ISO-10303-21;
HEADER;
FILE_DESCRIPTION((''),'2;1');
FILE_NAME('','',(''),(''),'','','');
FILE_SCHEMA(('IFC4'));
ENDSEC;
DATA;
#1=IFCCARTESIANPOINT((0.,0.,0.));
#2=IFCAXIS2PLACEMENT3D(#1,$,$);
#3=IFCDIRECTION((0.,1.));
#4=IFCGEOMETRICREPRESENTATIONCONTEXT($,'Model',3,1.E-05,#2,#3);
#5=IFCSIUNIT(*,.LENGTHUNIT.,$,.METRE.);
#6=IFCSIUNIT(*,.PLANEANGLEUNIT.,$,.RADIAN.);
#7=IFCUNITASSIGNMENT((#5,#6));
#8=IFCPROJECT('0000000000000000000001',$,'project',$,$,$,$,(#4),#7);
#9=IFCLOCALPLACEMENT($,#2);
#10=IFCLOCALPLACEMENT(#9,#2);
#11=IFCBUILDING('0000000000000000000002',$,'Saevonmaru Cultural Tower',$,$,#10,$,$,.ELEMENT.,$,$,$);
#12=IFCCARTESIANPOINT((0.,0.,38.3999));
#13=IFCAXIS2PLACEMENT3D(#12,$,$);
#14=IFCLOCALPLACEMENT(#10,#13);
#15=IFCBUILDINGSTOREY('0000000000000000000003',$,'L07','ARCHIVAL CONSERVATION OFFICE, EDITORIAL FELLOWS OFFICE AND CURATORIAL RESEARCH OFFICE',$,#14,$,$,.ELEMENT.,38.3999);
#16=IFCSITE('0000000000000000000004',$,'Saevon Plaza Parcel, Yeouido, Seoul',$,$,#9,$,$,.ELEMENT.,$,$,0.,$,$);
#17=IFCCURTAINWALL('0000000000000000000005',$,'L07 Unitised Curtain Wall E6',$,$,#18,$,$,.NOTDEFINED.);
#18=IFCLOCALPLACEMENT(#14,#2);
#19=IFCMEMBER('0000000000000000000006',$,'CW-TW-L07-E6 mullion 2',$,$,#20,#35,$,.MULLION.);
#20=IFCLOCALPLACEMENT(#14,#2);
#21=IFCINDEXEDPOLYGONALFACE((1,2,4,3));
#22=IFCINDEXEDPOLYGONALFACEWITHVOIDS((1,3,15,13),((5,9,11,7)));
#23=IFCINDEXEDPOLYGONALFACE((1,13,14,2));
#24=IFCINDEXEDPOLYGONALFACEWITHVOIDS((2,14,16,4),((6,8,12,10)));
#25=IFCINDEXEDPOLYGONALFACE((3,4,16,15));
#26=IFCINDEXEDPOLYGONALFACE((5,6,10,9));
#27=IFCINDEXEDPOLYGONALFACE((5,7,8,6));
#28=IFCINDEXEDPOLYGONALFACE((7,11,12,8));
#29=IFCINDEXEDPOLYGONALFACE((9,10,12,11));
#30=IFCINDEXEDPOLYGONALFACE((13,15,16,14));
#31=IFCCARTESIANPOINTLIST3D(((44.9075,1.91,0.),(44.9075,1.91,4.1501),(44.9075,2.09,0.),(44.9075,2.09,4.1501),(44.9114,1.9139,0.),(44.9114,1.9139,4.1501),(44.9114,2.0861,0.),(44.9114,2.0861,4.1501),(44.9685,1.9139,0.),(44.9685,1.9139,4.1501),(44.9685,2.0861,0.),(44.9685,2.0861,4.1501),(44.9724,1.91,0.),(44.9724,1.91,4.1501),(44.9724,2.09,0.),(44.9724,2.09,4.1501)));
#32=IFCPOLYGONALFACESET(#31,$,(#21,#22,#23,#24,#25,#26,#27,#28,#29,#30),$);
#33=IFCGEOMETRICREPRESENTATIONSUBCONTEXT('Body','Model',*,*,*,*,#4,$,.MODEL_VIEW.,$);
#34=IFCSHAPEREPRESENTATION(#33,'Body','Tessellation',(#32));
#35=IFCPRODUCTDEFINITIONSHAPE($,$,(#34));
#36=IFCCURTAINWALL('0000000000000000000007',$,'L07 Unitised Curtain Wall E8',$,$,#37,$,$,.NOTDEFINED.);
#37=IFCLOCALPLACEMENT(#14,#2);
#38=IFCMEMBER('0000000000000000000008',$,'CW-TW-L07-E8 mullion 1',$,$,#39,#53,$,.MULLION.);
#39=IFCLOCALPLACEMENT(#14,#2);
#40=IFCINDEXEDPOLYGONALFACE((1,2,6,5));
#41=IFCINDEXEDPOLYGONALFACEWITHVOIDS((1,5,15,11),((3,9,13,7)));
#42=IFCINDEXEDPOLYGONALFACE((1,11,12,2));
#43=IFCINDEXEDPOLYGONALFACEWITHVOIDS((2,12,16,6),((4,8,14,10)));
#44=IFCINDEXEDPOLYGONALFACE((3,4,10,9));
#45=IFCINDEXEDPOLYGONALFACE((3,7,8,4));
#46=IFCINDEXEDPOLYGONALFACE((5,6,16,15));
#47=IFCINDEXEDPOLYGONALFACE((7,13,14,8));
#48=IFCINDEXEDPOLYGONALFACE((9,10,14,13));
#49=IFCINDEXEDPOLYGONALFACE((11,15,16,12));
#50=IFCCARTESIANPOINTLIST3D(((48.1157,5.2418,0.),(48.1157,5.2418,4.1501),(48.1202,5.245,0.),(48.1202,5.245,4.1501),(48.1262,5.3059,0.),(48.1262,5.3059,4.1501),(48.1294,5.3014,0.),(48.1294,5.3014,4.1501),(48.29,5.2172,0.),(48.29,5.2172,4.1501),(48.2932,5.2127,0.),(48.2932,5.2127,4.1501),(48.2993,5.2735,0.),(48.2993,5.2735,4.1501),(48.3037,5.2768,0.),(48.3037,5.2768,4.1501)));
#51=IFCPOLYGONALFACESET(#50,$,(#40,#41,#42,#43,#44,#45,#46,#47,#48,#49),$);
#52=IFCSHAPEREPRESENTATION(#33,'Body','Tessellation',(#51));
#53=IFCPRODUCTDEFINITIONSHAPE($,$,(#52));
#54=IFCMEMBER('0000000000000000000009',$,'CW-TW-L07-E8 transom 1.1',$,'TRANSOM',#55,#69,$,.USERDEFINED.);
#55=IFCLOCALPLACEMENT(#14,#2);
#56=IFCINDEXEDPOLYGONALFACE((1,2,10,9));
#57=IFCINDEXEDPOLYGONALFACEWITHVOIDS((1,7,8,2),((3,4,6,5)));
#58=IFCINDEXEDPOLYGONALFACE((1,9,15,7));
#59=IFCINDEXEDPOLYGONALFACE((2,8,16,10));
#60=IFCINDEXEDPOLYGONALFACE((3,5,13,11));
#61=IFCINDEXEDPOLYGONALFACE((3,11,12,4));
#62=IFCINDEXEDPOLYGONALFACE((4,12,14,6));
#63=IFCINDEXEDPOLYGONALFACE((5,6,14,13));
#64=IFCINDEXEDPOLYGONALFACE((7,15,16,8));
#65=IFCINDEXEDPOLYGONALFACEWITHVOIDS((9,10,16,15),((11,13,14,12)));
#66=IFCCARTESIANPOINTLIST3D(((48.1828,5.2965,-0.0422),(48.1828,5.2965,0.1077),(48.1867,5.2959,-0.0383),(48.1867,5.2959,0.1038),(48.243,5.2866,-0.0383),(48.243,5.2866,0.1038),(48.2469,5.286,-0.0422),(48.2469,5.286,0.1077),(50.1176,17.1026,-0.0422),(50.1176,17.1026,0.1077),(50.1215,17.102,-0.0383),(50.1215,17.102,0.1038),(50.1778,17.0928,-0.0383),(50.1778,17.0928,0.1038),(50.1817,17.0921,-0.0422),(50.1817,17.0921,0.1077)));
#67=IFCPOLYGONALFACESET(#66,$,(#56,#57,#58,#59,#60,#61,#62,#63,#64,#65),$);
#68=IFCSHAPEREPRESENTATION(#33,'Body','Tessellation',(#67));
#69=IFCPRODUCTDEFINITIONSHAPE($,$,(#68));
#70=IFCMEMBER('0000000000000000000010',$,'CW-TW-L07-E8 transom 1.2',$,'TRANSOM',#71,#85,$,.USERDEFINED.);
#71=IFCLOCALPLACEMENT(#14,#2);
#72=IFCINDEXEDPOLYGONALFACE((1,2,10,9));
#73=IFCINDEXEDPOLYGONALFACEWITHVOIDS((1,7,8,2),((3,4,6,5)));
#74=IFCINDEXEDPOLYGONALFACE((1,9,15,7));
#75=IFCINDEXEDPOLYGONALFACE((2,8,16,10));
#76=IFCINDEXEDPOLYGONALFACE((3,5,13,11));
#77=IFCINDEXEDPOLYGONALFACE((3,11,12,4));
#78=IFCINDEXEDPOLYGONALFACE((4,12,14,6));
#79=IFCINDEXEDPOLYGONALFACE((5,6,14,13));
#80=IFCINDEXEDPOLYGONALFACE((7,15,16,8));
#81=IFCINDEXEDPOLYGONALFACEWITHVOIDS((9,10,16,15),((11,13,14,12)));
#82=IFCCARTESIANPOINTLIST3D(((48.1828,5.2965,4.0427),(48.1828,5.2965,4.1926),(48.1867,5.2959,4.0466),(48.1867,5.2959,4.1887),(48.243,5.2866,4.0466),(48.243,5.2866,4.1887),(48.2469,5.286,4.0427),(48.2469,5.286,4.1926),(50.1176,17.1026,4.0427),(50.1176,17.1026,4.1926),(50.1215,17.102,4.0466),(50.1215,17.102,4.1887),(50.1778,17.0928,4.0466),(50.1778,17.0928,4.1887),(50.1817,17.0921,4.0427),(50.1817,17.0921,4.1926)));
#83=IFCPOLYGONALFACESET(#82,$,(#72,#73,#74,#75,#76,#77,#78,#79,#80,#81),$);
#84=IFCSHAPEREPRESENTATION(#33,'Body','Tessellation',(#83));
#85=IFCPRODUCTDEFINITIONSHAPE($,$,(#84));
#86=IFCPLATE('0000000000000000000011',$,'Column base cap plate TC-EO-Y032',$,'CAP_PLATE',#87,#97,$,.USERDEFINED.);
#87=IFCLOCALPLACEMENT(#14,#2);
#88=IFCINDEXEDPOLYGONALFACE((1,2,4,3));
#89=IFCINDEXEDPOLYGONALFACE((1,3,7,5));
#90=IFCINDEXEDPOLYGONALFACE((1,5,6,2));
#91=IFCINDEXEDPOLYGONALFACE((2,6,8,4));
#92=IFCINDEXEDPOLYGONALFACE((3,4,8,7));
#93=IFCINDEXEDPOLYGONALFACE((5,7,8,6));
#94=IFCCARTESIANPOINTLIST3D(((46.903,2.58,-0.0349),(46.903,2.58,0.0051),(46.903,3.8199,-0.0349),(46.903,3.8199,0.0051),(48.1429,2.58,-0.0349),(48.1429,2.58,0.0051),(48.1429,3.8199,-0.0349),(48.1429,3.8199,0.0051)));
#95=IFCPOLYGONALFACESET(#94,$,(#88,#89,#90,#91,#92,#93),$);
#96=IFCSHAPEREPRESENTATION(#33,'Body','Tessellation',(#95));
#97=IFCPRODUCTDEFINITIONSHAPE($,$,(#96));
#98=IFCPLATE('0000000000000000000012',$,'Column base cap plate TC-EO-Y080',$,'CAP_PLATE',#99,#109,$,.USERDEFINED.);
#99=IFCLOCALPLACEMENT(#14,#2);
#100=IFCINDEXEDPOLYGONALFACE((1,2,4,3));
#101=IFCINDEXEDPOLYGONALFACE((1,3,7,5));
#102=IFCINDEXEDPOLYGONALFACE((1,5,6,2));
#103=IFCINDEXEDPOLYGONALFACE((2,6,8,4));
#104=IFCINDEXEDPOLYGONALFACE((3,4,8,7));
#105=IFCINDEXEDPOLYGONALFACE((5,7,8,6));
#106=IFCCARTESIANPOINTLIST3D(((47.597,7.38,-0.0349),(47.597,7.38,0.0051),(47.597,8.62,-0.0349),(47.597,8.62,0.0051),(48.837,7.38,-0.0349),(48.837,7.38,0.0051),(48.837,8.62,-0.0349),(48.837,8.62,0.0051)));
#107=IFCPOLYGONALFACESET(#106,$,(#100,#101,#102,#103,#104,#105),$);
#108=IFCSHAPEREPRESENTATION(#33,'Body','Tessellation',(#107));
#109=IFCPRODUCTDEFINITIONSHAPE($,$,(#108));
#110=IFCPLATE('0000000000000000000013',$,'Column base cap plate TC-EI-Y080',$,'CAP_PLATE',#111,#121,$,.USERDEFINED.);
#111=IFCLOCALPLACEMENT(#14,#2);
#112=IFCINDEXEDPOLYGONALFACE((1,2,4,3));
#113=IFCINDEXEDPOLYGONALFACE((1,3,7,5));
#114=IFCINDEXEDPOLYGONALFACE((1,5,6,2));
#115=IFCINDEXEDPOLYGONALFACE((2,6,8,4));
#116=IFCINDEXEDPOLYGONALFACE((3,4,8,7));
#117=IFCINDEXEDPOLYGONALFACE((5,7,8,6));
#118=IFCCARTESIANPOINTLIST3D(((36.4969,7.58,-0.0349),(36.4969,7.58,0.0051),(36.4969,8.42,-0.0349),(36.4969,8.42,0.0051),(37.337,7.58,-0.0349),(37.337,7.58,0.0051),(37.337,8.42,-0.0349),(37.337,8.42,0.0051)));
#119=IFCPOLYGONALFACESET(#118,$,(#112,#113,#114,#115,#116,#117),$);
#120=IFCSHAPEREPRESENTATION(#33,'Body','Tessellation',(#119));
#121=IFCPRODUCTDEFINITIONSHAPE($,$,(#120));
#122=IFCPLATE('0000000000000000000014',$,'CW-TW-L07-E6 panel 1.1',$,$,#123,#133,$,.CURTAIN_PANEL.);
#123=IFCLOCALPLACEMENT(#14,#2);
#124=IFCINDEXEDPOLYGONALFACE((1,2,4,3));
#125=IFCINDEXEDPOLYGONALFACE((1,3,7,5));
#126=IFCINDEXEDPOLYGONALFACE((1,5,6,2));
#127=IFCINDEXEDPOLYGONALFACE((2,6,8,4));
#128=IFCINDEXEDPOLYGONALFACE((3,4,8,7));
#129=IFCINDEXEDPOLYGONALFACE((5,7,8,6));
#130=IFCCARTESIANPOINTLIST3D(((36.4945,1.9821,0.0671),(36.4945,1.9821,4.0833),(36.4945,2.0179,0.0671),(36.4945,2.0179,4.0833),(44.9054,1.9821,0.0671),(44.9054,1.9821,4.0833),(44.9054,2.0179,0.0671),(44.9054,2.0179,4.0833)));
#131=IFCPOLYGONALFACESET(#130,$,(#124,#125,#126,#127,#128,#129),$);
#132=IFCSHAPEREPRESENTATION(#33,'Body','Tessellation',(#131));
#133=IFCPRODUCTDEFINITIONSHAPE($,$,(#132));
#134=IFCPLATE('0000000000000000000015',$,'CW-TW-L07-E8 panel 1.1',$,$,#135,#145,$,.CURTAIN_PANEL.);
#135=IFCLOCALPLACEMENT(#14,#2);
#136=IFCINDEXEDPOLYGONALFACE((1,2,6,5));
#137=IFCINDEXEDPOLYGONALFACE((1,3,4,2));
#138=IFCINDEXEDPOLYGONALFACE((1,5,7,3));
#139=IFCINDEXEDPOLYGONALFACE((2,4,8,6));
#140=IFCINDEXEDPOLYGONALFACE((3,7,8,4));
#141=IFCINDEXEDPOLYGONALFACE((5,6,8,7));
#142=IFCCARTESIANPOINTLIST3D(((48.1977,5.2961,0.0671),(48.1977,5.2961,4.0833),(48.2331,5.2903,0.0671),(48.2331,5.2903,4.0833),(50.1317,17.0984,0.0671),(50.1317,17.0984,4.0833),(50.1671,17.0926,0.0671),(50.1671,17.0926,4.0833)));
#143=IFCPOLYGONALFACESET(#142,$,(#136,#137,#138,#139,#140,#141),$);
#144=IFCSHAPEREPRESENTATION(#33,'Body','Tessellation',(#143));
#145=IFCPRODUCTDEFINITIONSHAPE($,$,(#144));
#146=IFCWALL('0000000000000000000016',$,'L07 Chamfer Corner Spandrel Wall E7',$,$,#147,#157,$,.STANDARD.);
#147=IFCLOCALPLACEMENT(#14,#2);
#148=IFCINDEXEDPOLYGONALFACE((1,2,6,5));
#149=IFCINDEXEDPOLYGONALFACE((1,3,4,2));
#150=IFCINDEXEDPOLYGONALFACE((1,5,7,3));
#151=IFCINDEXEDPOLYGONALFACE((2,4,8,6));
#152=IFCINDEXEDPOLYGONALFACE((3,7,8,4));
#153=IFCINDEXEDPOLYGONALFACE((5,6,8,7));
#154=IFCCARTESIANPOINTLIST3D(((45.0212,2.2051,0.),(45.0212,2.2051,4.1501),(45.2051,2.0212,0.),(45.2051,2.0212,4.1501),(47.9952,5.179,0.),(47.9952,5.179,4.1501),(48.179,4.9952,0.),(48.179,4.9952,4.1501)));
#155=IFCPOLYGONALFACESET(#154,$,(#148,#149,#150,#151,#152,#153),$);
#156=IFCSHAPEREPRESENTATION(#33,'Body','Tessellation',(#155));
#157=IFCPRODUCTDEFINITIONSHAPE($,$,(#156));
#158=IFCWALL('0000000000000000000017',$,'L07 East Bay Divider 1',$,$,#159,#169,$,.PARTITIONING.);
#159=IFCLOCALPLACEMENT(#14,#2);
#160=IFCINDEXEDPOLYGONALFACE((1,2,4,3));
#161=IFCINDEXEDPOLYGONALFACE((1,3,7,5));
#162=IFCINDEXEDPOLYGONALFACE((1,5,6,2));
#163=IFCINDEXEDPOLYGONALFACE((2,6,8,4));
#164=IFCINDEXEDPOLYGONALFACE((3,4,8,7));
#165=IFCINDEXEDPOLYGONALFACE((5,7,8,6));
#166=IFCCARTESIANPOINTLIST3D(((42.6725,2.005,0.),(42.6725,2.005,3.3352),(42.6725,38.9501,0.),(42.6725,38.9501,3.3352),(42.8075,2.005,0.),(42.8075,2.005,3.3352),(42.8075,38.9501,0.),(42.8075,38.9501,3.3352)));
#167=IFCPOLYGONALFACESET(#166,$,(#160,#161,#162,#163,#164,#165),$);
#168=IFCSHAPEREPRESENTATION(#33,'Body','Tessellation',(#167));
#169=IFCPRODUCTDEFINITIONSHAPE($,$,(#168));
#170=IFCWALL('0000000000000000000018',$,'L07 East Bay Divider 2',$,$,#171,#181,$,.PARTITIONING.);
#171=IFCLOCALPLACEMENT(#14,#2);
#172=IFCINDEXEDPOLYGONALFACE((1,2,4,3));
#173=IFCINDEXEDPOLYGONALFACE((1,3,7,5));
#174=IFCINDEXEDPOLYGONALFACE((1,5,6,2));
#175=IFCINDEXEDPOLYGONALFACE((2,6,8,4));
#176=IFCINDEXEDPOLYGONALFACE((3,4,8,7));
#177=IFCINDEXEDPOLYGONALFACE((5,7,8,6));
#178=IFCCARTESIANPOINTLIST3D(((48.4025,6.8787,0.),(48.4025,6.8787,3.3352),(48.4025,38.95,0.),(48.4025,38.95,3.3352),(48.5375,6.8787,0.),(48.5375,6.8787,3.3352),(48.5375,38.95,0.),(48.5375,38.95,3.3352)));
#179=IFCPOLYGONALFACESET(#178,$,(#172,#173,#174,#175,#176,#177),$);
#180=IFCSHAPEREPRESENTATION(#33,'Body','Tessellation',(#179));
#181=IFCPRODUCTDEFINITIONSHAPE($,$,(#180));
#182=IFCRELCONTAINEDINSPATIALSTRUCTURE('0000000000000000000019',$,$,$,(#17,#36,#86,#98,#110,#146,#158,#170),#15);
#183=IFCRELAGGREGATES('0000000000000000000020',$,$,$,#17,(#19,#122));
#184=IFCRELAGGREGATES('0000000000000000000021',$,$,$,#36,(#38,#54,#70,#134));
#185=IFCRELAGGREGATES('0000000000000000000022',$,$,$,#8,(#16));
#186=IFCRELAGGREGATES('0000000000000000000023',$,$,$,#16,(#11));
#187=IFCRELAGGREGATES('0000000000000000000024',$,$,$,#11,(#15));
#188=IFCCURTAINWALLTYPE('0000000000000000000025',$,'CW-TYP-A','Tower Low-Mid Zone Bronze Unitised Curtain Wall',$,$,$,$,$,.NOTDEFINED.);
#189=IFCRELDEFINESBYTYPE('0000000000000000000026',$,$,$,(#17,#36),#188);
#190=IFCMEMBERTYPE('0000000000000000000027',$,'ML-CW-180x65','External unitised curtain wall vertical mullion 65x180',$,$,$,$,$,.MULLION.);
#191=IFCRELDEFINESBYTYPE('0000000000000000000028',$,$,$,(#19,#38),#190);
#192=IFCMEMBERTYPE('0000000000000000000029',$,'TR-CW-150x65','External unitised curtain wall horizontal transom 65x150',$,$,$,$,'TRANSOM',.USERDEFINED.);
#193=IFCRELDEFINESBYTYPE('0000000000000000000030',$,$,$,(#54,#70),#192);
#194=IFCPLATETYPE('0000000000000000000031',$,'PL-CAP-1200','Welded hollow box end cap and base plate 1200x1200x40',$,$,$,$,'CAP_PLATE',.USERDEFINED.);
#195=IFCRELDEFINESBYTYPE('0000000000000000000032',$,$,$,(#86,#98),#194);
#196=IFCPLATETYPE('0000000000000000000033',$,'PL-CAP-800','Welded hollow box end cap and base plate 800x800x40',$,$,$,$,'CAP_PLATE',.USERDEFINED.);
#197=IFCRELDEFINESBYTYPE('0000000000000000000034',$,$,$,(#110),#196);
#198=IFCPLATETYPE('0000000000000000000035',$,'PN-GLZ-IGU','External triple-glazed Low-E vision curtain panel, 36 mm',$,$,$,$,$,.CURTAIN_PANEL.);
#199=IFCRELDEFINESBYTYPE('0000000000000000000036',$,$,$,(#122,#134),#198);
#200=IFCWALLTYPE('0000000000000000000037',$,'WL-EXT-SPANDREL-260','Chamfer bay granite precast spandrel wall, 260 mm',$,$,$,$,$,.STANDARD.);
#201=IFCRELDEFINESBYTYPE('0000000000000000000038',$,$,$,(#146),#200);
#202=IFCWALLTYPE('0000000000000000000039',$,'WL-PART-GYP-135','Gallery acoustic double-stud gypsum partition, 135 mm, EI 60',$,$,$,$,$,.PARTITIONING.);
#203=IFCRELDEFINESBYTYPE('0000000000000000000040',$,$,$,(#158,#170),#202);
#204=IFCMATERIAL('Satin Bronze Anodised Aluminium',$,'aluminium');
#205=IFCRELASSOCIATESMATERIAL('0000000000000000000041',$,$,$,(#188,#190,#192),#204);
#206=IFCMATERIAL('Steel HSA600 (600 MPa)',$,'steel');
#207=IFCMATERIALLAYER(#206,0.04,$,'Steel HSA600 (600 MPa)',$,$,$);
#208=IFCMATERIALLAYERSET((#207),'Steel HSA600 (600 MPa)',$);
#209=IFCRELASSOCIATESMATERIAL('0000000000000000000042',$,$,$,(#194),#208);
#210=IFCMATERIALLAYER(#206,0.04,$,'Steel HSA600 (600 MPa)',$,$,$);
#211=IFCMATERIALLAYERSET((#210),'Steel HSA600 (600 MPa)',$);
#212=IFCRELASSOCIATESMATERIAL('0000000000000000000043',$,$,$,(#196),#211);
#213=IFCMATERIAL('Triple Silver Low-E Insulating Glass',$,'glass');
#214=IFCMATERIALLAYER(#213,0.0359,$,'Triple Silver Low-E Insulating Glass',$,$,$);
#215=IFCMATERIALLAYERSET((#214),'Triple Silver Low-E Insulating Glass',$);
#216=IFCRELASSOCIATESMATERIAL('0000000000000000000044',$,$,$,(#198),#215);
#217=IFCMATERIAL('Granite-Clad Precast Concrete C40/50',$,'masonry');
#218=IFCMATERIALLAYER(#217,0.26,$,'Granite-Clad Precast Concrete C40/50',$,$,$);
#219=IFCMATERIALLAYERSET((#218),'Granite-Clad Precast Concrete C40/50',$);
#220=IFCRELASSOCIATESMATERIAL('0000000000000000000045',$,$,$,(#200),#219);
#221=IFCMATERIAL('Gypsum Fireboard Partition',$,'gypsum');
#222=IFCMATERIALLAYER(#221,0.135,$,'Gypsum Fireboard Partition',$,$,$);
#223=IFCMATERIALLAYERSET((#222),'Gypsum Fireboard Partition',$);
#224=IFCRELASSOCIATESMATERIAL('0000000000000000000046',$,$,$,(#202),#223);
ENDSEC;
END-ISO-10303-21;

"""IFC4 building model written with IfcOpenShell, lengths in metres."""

from ifc_helpers import new_model, si_unit, direction, frame, frame_2d, origin, origin_2d, place, context, subcontext, project, spatial, rectangle, hollow_rectangle, extrude, material, layer, layer_set, material_profile, profile_set, type_object, element, aggregate, save


model = new_model("IFC4")

# Units and contexts
model_context = context("Model", 3, precision=1e-05, world=origin(), true_north=direction((0.0, 1.0)))
body_context = subcontext(model_context, "Body", "Model", "MODEL_VIEW")
ifc_project = project(units=[si_unit("LENGTHUNIT", "METRE"), si_unit("PLANEANGLEUNIT", "RADIAN")], contexts=[model_context])

# Site, building, storey
site_placement = place(None, origin())
site = spatial("IfcSite", under=ifc_project, at=site_placement, Name="Saevon Plaza Parcel, Yeouido, Seoul", CompositionType="ELEMENT", RefElevation=0.0)
building_placement = place(site_placement, origin())
building = spatial("IfcBuilding", under=site, at=building_placement, Name="Saevonmaru Cultural Tower", CompositionType="ELEMENT")
storey_placement = place(building_placement, frame((0.0, 0.0, 38.3999)))
storey = spatial("IfcBuildingStorey", under=building, at=storey_placement, Name="L07", Description="ARCHIVAL CONSERVATION OFFICE, EDITORIAL FELLOWS OFFICE AND CURATORIAL RESEARCH OFFICE", CompositionType="ELEMENT", Elevation=38.3999)

# Shared definitions
ifc_material_1 = material(Name="Steel HSA600 (600 MPa)", Category="steel")

# Curtain wall, member
ifc_material_2 = material(Name="Satin Bronze Anodised Aluminium", Category="aluminium")
curtain_wall_type = type_object("IfcCurtainWallType", Name="CW-TYP-A", Description="Tower Low-Mid Zone Bronze Unitised Curtain Wall", PredefinedType="NOTDEFINED", material=ifc_material_2)
curtain_wall_1_placement = place(storey_placement, origin())
curtain_wall_1 = element("IfcCurtainWall", 1, at=curtain_wall_1_placement, inside=storey, type_object=curtain_wall_type, Name="L07 Unitised Curtain Wall E6", PredefinedType="NOTDEFINED")
ifc_material_profile_1 = material_profile(ifc_material_2, hollow_rectangle(XDim=0.0649, YDim=0.1799, WallThickness=0.0039, at=origin_2d()), Name="ALU-MULL-180x65x4")
ifc_profile_set_1 = profile_set([ifc_material_profile_1], Name="Satin Bronze Anodised Aluminium")
member_type_1 = type_object("IfcMemberType", Name="ML-CW-180x65", Description="External unitised curtain wall vertical mullion 65x180", PredefinedType="MULLION", material=ifc_profile_set_1)
member_1_placement = place(storey_placement, frame((44.9399, 2.0, 0.0), z_axis=(0.0, 0.0, 1.0), x_axis=(1.0, 0.0, 0.0)))
member_1 = element("IfcMember", 2, at=member_1_placement, type_object=member_type_1, Name="CW-TW-L07-E6 mullion 2", PredefinedType="MULLION", context=body_context, shape_type="SweptSolid", body=[
    extrude(hollow_rectangle(XDim=0.0649, YDim=0.1799, WallThickness=0.0039, at=origin_2d()), origin(), (0.0, 0.0, 1.0), 4.1501),
])

# Curtain wall, members
curtain_wall_2_placement = place(storey_placement, origin())
curtain_wall_2 = element("IfcCurtainWall", 3, at=curtain_wall_2_placement, inside=storey, type_object=curtain_wall_type, Name="L07 Unitised Curtain Wall E8", PredefinedType="NOTDEFINED")
member_2_placement = place(storey_placement, frame((48.2097, 5.2593, 0.0), z_axis=(0.0, 0.0, 1.0), x_axis=(0.161709, 0.986839, 0.0)))
member_2 = element("IfcMember", 4, at=member_2_placement, type_object=member_type_1, Name="CW-TW-L07-E8 mullion 1", PredefinedType="MULLION", context=body_context, shape_type="SweptSolid", body=[
    extrude(hollow_rectangle(XDim=0.0649, YDim=0.1799, WallThickness=0.0039, at=origin_2d()), origin(), (0.0, 0.0, 1.0), 4.1501),
])
ifc_material_profile_2 = material_profile(ifc_material_2, hollow_rectangle(XDim=0.0649, YDim=0.1499, WallThickness=0.0039, at=origin_2d()), Name="ALU-TRAN-150x65x4")
ifc_profile_set_2 = profile_set([ifc_material_profile_2], Name="Satin Bronze Anodised Aluminium")
member_type_2 = type_object("IfcMemberType", Name="TR-CW-150x65", Description="External unitised curtain wall horizontal transom 65x150", ElementType="TRANSOM", PredefinedType="USERDEFINED", material=ifc_profile_set_2)
member_3_placement = place(storey_placement, frame((48.2148, 5.2913, 0.0327), z_axis=(0.161725, 0.986836, 0.0), x_axis=(-0.986836, 0.161725, 0.0)))
member_3 = element("IfcMember", 5, at=member_3_placement, type_object=member_type_2, Name="CW-TW-L07-E8 transom 1.1", ObjectType="TRANSOM", PredefinedType="USERDEFINED", context=body_context, shape_type="SweptSolid", body=[
    extrude(hollow_rectangle(XDim=0.0649, YDim=0.1499, WallThickness=0.0039, at=origin_2d()), origin(), (0.0, 0.0, 1.0), 11.9636),
])
member_4_placement = place(storey_placement, frame((48.2148, 5.2913, 4.1177), z_axis=(0.161725, 0.986836, 0.0), x_axis=(-0.986836, 0.161725, 0.0)))
member_4 = element("IfcMember", 6, at=member_4_placement, type_object=member_type_2, Name="CW-TW-L07-E8 transom 1.2", ObjectType="TRANSOM", PredefinedType="USERDEFINED", context=body_context, shape_type="SweptSolid", body=[
    extrude(hollow_rectangle(XDim=0.0649, YDim=0.1499, WallThickness=0.0039, at=origin_2d()), origin(), (0.0, 0.0, 1.0), 11.9636),
])

# Plates
ifc_layer_1 = layer(ifc_material_1, 0.04, Name="Steel HSA600 (600 MPa)")
ifc_layer_set_1 = layer_set([ifc_layer_1], Name="Steel HSA600 (600 MPa)")
plate_type_1 = type_object("IfcPlateType", Name="PL-CAP-1200", Description="Welded hollow box end cap and base plate 1200x1200x40", ElementType="CAP_PLATE", PredefinedType="USERDEFINED", material=ifc_layer_set_1)
for number, where, z_axis, x_axis, name in (
    (7, (47.5229, 3.2, -0.0349), (0.0, 0.0, 1.0), (1.0, 0.0, 0.0), "Column base cap plate TC-EO-Y032"),
    (8, (48.217, 8.0, -0.0349), (0.0, 0.0, 1.0), (1.0, 0.0, 0.0), "Column base cap plate TC-EO-Y080"),
):
    element("IfcPlate", number, at=place(storey_placement, frame(where, z_axis=z_axis, x_axis=x_axis)), inside=storey, type_object=plate_type_1, Name=name, ObjectType="CAP_PLATE", PredefinedType="USERDEFINED", context=body_context, shape_type="SweptSolid", body=[
        extrude(rectangle(XDim=1.24, YDim=1.24, at=origin_2d()), origin(), (0.0, 0.0, 1.0), 0.04),
    ])
ifc_layer_2 = layer(ifc_material_1, 0.04, Name="Steel HSA600 (600 MPa)")
ifc_layer_set_2 = layer_set([ifc_layer_2], Name="Steel HSA600 (600 MPa)")
plate_type_2 = type_object("IfcPlateType", Name="PL-CAP-800", Description="Welded hollow box end cap and base plate 800x800x40", ElementType="CAP_PLATE", PredefinedType="USERDEFINED", material=ifc_layer_set_2)
plate_1_placement = place(storey_placement, frame((36.917, 8.0, -0.0349), z_axis=(0.0, 0.0, 1.0), x_axis=(1.0, 0.0, 0.0)))
element("IfcPlate", 9, at=plate_1_placement, inside=storey, type_object=plate_type_2, Name="Column base cap plate TC-EI-Y080", ObjectType="CAP_PLATE", PredefinedType="USERDEFINED", context=body_context, shape_type="SweptSolid", body=[
    extrude(rectangle(XDim=0.8401, YDim=0.8401, at=origin_2d()), origin(), (0.0, 0.0, 1.0), 0.04),
])

# Plates
ifc_material_3 = material(Name="Triple Silver Low-E Insulating Glass", Category="glass")
ifc_layer_3 = layer(ifc_material_3, 0.0359, Name="Triple Silver Low-E Insulating Glass")
ifc_layer_set_3 = layer_set([ifc_layer_3], Name="Triple Silver Low-E Insulating Glass")
plate_type_3 = type_object("IfcPlateType", Name="PN-GLZ-IGU", Description="External triple-glazed Low-E vision curtain panel, 36 mm", PredefinedType="CURTAIN_PANEL", material=ifc_layer_set_3)
plate_2_placement = place(storey_placement, frame((40.7, 2.0, 0.0671), z_axis=(0.0, 0.0, 1.0), x_axis=(1.0, 0.0, 0.0)))
plate_2 = element("IfcPlate", 10, at=plate_2_placement, type_object=plate_type_3, Name="CW-TW-L07-E6 panel 1.1", PredefinedType="CURTAIN_PANEL", context=body_context, shape_type="SweptSolid", body=[
    extrude(rectangle(XDim=8.4109, YDim=0.0359, at=origin_2d()), origin(), (0.0, 0.0, 1.0), 4.0161),
])
aggregate(curtain_wall_1, [member_1, plate_2])
plate_3_placement = place(storey_placement, frame((49.1824, 11.1943, 0.0671), z_axis=(0.0, 0.0, 1.0), x_axis=(0.161709, 0.986839, 0.0)))
plate_3 = element("IfcPlate", 11, at=plate_3_placement, type_object=plate_type_3, Name="CW-TW-L07-E8 panel 1.1", PredefinedType="CURTAIN_PANEL", context=body_context, shape_type="SweptSolid", body=[
    extrude(rectangle(XDim=11.9597, YDim=0.0359, at=origin_2d()), origin(), (0.0, 0.0, 1.0), 4.0161),
])
aggregate(curtain_wall_2, [member_2, member_3, member_4, plate_3])

# Walls
ifc_material_4 = material(Name="Granite-Clad Precast Concrete C40/50", Category="masonry")
ifc_layer_4 = layer(ifc_material_4, 0.26, Name="Granite-Clad Precast Concrete C40/50")
ifc_layer_set_4 = layer_set([ifc_layer_4], Name="Granite-Clad Precast Concrete C40/50")
wall_type_1 = type_object("IfcWallType", Name="WL-EXT-SPANDREL-260", Description="Chamfer bay granite precast spandrel wall, 260 mm", PredefinedType="STANDARD", material=ifc_layer_set_4)
wall_1_placement = place(storey_placement, frame((45.113, 2.113, 0.0), z_axis=(0.0, 0.0, 1.0), x_axis=(0.707107, 0.707107, 0.0)))
element("IfcWall", 12, at=wall_1_placement, inside=storey, type_object=wall_type_1, Name="L07 Chamfer Corner Spandrel Wall E7", PredefinedType="STANDARD", context=body_context, shape_type="SweptSolid", body=[
    extrude(rectangle(XDim=4.2058, YDim=0.26, at=frame_2d((2.103, 0.0))), origin(), (0.0, 0.0, 1.0), 4.1501),
])
ifc_material_5 = material(Name="Gypsum Fireboard Partition", Category="gypsum")
ifc_layer_5 = layer(ifc_material_5, 0.135, Name="Gypsum Fireboard Partition")
ifc_layer_set_5 = layer_set([ifc_layer_5], Name="Gypsum Fireboard Partition")
wall_type_2 = type_object("IfcWallType", Name="WL-PART-GYP-135", Description="Gallery acoustic double-stud gypsum partition, 135 mm, EI 60", PredefinedType="PARTITIONING", material=ifc_layer_set_5)
wall_2_placement = place(storey_placement, frame((42.74, 2.0049, 0.0), z_axis=(0.0, 0.0, 1.0), x_axis=(0.0, 1.0, 0.0)))
element("IfcWall", 13, at=wall_2_placement, inside=storey, type_object=wall_type_2, Name="L07 East Bay Divider 1", PredefinedType="PARTITIONING", context=body_context, shape_type="SweptSolid", body=[
    extrude(rectangle(XDim=36.9451, YDim=0.135, at=frame_2d((18.4727, 0.0))), origin(), (0.0, 0.0, 1.0), 3.3352),
])
wall_3_placement = place(storey_placement, frame((48.47, 6.8787, 0.0), z_axis=(0.0, 0.0, 1.0), x_axis=(0.0, 1.0, 0.0)))
element("IfcWall", 14, at=wall_3_placement, inside=storey, type_object=wall_type_2, Name="L07 East Bay Divider 2", PredefinedType="PARTITIONING", context=body_context, shape_type="SweptSolid", body=[
    extrude(rectangle(XDim=32.0713, YDim=0.135, at=frame_2d((16.0356, 0.0))), origin(), (0.0, 0.0, 1.0), 3.3352),
])

save(model, "model.ifc")
